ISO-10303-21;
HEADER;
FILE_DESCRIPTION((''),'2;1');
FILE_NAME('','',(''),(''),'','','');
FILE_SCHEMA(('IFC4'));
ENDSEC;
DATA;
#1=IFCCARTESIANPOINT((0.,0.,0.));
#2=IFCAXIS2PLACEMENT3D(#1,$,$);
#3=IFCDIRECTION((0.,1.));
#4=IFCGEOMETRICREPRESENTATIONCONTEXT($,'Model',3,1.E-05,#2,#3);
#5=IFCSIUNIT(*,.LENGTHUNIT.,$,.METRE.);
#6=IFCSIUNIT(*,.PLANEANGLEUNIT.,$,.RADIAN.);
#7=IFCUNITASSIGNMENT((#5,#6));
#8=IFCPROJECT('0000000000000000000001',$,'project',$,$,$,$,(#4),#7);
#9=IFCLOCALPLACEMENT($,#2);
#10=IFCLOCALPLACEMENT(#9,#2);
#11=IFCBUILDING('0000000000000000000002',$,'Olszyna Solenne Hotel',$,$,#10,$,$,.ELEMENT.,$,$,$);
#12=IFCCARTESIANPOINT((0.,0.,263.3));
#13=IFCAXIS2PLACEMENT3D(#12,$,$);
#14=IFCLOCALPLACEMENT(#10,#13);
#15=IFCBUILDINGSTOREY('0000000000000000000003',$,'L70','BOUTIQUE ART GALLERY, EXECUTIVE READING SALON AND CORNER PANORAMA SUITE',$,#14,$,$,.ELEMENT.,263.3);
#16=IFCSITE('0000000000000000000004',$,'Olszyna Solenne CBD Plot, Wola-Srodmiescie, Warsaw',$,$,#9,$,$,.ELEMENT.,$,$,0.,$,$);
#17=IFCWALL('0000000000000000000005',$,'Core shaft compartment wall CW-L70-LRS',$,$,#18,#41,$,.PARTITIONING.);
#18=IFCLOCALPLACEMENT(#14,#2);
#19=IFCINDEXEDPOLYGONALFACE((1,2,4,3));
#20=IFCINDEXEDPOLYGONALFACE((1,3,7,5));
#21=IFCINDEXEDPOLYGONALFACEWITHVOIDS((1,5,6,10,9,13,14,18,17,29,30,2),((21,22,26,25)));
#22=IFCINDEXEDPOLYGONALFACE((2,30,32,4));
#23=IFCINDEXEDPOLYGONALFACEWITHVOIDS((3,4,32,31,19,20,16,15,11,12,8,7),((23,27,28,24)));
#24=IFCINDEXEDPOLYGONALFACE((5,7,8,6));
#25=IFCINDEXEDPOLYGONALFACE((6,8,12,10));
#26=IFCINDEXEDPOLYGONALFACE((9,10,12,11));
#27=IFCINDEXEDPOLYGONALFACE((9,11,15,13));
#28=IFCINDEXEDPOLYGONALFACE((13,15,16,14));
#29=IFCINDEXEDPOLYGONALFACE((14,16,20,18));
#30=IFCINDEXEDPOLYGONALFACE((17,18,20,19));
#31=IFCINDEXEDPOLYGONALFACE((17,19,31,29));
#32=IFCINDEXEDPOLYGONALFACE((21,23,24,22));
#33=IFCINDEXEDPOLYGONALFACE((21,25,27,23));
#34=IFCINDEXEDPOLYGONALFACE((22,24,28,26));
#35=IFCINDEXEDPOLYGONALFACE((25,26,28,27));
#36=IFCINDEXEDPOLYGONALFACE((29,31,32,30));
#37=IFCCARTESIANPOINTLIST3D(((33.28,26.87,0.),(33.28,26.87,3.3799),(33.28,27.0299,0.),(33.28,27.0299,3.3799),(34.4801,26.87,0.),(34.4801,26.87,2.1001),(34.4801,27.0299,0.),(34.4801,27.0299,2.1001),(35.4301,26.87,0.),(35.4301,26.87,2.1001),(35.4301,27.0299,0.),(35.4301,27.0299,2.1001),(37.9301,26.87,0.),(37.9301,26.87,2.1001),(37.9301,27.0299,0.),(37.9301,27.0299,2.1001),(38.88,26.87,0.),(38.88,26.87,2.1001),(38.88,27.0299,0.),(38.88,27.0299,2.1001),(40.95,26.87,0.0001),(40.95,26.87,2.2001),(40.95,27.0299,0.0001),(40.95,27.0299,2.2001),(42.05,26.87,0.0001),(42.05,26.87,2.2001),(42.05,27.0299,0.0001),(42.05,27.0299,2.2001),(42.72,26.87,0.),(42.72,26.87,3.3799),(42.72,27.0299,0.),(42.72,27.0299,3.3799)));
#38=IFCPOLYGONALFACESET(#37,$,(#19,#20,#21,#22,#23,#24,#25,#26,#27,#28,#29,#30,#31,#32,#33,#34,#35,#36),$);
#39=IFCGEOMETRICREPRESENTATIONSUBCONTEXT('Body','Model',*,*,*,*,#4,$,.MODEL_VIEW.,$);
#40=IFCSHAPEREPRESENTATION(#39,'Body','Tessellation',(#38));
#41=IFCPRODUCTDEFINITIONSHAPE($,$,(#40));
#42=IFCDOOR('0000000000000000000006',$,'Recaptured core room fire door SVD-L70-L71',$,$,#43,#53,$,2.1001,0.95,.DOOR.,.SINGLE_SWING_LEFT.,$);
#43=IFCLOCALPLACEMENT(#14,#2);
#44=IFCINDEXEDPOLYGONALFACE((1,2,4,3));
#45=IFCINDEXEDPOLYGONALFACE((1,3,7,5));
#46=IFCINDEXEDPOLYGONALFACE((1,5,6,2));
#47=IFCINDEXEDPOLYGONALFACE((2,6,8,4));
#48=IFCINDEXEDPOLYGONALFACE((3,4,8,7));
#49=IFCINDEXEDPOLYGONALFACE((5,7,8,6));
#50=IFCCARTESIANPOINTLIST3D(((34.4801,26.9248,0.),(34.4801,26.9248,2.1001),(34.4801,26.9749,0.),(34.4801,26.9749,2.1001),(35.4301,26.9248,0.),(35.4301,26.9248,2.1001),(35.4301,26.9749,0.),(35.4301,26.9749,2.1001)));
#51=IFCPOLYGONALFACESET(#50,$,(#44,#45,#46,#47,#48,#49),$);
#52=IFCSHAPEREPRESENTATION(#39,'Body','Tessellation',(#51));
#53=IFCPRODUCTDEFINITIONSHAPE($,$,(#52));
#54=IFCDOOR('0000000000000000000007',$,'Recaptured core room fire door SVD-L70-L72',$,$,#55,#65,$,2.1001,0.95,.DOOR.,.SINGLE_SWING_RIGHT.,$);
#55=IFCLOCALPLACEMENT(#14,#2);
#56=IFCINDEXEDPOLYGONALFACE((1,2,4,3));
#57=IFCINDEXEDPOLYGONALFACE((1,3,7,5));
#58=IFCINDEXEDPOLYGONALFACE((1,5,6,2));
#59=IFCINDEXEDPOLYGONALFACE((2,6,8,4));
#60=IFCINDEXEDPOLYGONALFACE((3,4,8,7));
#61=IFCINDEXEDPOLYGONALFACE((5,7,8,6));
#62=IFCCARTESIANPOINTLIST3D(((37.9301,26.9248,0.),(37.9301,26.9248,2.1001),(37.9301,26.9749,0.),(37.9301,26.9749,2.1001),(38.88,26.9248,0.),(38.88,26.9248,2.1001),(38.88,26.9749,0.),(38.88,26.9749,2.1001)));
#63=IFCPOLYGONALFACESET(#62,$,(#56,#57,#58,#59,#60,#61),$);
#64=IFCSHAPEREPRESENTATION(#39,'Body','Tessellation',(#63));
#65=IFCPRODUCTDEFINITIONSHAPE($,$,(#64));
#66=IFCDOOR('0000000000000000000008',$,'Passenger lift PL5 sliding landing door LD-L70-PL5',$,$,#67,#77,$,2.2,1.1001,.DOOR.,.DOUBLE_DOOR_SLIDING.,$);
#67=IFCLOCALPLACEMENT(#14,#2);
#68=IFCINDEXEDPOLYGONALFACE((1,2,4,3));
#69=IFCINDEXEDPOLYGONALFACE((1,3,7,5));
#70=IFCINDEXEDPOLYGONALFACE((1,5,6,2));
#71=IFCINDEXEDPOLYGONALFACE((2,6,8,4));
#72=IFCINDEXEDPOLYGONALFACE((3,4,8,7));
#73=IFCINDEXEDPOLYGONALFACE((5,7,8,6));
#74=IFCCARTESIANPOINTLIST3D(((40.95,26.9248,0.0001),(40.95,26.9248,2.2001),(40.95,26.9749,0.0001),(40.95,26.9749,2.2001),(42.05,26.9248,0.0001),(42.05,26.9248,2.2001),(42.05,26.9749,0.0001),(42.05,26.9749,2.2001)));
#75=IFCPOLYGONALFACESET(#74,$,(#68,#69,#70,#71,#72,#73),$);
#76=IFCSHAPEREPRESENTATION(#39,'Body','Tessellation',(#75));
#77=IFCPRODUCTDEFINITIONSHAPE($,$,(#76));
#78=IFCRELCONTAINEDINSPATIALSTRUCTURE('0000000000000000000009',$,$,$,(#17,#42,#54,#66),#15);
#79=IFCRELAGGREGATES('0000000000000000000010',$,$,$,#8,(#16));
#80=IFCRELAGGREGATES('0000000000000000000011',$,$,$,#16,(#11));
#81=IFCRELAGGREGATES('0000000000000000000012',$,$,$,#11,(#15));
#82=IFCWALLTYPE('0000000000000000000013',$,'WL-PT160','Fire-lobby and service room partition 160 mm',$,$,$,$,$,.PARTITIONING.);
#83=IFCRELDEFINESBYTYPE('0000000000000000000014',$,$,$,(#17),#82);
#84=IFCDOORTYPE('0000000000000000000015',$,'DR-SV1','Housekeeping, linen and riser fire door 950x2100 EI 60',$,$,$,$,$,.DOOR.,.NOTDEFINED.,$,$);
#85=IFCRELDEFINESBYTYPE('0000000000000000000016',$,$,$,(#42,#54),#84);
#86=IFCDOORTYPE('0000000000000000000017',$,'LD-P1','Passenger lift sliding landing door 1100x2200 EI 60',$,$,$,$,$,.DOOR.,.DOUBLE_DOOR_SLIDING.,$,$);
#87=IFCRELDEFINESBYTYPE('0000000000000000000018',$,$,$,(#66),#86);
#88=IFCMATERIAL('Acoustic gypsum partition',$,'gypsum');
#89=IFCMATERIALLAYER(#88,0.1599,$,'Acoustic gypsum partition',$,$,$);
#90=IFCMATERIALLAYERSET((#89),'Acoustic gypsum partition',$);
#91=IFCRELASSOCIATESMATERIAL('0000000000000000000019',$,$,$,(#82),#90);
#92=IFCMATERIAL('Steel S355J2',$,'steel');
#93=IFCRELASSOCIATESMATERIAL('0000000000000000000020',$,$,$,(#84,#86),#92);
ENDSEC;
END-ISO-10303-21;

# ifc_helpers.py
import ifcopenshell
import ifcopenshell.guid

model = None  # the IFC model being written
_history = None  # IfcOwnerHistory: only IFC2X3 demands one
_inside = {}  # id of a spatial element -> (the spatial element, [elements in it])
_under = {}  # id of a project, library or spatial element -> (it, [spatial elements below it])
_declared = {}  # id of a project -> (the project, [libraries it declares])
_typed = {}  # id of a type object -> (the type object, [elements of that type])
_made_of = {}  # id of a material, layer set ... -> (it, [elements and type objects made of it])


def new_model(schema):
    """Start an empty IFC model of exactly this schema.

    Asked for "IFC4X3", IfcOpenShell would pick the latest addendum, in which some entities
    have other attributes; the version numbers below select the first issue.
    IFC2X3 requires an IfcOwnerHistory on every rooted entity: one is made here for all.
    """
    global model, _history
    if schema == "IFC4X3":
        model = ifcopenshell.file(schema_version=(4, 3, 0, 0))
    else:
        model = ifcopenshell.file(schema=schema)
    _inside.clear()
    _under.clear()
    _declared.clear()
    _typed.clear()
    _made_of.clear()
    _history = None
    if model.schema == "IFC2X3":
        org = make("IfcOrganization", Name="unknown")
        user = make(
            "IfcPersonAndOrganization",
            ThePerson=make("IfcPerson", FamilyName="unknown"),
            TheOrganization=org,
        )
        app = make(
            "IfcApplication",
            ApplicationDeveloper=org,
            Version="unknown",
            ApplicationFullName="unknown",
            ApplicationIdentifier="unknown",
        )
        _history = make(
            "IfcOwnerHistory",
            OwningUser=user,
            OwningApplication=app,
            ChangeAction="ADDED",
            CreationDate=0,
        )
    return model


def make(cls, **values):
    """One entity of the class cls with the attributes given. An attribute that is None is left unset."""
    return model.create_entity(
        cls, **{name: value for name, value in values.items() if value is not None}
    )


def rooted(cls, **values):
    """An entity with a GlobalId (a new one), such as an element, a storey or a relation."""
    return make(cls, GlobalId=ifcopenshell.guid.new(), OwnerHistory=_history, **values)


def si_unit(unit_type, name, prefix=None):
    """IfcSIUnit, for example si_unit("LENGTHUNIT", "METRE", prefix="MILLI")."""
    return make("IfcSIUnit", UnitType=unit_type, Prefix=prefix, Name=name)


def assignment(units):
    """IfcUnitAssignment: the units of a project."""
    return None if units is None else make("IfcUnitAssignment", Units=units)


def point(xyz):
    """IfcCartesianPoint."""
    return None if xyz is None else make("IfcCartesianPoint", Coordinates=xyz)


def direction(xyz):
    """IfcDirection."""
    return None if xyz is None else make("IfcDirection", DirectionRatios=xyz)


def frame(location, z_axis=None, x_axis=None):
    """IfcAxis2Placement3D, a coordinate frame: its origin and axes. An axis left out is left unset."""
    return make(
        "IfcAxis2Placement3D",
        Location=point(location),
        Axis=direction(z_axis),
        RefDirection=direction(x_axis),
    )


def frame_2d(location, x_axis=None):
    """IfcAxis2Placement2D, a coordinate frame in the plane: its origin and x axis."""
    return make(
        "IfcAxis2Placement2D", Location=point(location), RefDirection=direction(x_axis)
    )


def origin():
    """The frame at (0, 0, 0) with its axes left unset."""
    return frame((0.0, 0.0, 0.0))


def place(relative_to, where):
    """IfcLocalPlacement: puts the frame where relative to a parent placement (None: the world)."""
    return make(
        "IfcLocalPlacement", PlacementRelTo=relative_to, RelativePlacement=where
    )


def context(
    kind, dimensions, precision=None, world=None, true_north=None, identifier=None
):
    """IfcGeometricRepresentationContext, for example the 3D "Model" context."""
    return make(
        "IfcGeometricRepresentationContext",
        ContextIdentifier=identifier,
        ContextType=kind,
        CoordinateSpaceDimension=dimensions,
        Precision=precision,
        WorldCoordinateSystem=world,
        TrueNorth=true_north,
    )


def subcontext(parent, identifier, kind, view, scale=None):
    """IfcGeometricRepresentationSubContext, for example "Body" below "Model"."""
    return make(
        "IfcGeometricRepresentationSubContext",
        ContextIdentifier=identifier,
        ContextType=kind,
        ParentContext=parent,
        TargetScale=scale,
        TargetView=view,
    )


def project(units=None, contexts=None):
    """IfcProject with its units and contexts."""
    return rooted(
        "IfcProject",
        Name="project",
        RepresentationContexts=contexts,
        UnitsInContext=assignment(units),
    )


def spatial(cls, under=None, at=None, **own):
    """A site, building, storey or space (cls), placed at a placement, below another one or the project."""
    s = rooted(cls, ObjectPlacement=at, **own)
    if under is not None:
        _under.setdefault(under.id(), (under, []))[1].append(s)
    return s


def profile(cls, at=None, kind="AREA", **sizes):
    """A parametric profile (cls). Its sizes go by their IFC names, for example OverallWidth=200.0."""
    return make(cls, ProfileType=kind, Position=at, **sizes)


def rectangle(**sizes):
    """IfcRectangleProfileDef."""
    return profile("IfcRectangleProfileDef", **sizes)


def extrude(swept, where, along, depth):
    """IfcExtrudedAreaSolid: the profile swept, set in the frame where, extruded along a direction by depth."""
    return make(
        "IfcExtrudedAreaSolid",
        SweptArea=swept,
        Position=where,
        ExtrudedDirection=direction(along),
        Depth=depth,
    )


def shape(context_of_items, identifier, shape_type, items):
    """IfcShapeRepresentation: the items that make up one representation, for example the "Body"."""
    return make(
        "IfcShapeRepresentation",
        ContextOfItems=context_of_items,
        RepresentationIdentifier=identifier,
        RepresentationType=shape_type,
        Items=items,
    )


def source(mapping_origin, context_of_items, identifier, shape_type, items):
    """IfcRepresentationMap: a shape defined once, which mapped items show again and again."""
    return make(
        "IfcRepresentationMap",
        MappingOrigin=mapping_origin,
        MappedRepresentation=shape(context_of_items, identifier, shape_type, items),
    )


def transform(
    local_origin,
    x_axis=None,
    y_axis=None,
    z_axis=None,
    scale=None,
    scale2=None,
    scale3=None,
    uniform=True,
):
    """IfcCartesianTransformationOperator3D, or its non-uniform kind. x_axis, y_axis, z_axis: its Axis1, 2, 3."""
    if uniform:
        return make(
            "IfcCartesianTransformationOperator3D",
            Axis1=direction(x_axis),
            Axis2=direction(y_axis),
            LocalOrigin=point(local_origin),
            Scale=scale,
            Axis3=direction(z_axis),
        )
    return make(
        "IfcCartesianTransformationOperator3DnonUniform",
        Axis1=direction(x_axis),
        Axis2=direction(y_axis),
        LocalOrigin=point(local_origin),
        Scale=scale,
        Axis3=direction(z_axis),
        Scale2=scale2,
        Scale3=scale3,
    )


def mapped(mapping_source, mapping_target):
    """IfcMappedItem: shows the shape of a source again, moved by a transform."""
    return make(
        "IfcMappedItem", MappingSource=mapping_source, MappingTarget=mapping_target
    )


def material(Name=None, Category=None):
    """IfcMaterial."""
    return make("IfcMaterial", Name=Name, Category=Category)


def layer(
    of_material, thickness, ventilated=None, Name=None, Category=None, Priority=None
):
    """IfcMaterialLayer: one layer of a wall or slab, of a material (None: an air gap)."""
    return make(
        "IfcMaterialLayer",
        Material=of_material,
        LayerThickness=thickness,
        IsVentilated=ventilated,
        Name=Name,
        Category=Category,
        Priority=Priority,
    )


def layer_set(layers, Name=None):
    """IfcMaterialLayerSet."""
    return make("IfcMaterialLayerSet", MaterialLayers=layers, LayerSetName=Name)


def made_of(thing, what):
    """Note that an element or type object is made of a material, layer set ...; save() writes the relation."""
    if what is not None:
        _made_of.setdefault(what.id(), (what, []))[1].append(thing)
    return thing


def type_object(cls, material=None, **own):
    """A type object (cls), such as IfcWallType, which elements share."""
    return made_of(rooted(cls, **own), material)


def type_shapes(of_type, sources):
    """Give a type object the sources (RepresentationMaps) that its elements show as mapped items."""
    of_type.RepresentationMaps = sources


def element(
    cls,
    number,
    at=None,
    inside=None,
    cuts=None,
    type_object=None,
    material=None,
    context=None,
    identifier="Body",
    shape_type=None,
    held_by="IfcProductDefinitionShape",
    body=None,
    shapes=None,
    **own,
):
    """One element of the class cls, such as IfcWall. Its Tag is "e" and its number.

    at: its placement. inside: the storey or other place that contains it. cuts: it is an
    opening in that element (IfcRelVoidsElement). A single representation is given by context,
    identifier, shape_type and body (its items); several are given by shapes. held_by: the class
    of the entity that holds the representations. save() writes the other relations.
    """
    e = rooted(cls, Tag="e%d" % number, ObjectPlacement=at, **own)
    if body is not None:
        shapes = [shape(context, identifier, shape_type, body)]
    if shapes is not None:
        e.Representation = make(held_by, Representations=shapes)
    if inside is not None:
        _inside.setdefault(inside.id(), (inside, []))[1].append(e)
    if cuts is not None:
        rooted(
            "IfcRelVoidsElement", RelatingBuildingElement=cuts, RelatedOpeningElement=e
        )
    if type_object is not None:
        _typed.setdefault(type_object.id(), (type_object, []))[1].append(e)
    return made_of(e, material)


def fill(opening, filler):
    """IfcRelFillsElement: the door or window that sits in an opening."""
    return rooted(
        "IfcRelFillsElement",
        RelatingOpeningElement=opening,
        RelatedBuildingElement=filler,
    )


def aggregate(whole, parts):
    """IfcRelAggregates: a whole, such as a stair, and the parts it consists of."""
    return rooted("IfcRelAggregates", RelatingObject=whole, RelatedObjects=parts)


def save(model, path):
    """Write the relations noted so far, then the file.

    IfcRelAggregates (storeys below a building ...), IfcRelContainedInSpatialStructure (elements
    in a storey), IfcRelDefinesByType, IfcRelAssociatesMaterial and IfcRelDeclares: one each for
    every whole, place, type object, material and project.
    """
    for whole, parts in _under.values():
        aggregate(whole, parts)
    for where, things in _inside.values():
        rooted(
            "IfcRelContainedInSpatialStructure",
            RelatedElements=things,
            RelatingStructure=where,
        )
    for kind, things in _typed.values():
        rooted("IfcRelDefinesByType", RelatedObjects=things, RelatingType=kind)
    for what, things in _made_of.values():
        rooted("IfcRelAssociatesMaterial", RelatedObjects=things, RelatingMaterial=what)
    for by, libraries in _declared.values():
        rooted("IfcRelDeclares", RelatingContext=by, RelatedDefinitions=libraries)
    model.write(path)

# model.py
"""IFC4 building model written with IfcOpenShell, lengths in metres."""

from ifc_helpers import new_model, si_unit, direction, frame, frame_2d, origin, place, context, subcontext, project, spatial, rectangle, extrude, source, transform, mapped, material, layer, layer_set, type_object, type_shapes, element, fill, save


model = new_model("IFC4")

# Units and contexts
model_context = context("Model", 3, precision=1e-05, world=origin(), true_north=direction((0.0, 1.0)))
body_context = subcontext(model_context, "Body", "Model", "MODEL_VIEW")
ifc_project = project(units=[si_unit("LENGTHUNIT", "METRE"), si_unit("PLANEANGLEUNIT", "RADIAN")], contexts=[model_context])

# Site, building, storey
site_placement = place(None, origin())
site = spatial("IfcSite", under=ifc_project, at=site_placement, Name="Olszyna Solenne CBD Plot, Wola-Srodmiescie, Warsaw", CompositionType="ELEMENT", RefElevation=0.0)
building_placement = place(site_placement, origin())
building = spatial("IfcBuilding", under=site, at=building_placement, Name="Olszyna Solenne Hotel", CompositionType="ELEMENT")
storey_placement = place(building_placement, frame((0.0, 0.0, 263.3)))
storey = spatial("IfcBuildingStorey", under=building, at=storey_placement, Name="L70", Description="BOUTIQUE ART GALLERY, EXECUTIVE READING SALON AND CORNER PANORAMA SUITE", CompositionType="ELEMENT", Elevation=263.3)

# Shared definitions
ifc_material_1 = material(Name="Steel S355J2", Category="steel")

# Shared definitions
ifc_material_2 = material(Name="Acoustic gypsum partition", Category="gypsum")
ifc_layer_1 = layer(ifc_material_2, 0.1599, Name="Acoustic gypsum partition")
ifc_layer_set_1 = layer_set([ifc_layer_1], Name="Acoustic gypsum partition")
wall_type_1 = type_object("IfcWallType", Name="WL-PT160", Description="Fire-lobby and service room partition 160 mm", PredefinedType="PARTITIONING", material=ifc_layer_set_1)

# Wall, openings, doors
wall_1_placement = place(storey_placement, frame((33.28, 26.95, 0.0), z_axis=(0.0, 0.0, 1.0), x_axis=(1.0, 0.0, 0.0)))
wall_1 = element("IfcWall", 1, at=wall_1_placement, inside=storey, type_object=wall_type_1, Name="Core shaft compartment wall CW-L70-LRS", PredefinedType="PARTITIONING", context=body_context, shape_type="SweptSolid", body=[
    extrude(rectangle(XDim=9.4399, YDim=0.1599, at=frame_2d((4.72, 0.0))), origin(), (0.0, 0.0, 1.0), 3.3799),
])
opening_1_placement = place(wall_1_placement, frame((1.2, 0.0, 0.0)))
opening_1 = element("IfcOpeningElement", 2, at=opening_1_placement, cuts=wall_1, PredefinedType="OPENING", context=body_context, shape_type="SweptSolid", body=[
    extrude(rectangle(XDim=0.95, YDim=2.1001, at=frame_2d((0.4751, 1.05))), frame((0.0, 0.0898, 0.0), z_axis=(0.0, -1.0, 0.0), x_axis=(1.0, 0.0, 0.0)), (0.0, 0.0, 1.0), 0.1799),
])
opening_2_placement = place(wall_1_placement, frame((4.6499, 0.0, 0.0)))
opening_2 = element("IfcOpeningElement", 3, at=opening_2_placement, cuts=wall_1, PredefinedType="OPENING", context=body_context, shape_type="SweptSolid", body=[
    extrude(rectangle(XDim=0.95, YDim=2.1001, at=frame_2d((0.4751, 1.05))), frame((0.0, 0.0898, 0.0), z_axis=(0.0, -1.0, 0.0), x_axis=(1.0, 0.0, 0.0)), (0.0, 0.0, 1.0), 0.1799),
])
opening_3_placement = place(wall_1_placement, frame((7.6699, 0.0, 0.0)))
opening_3 = element("IfcOpeningElement", 4, at=opening_3_placement, cuts=wall_1, PredefinedType="OPENING", context=body_context, shape_type="SweptSolid", body=[
    extrude(rectangle(XDim=1.1001, YDim=2.2, at=frame_2d((0.55, 1.1001))), frame((0.0, 0.0898, 0.0), z_axis=(0.0, -1.0, 0.0), x_axis=(1.0, 0.0, 0.0)), (0.0, 0.0, 1.0), 0.1799),
])
door_type_1 = type_object("IfcDoorType", Name="DR-SV1", Description="Housekeeping, linen and riser fire door 950x2100 EI 60", OperationType="NOTDEFINED", PredefinedType="DOOR", material=ifc_material_1)
shared_shape_1 = source(origin(), body_context, "Body", "SweptSolid", [
    extrude(rectangle(XDim=0.95, YDim=2.1001, at=frame_2d((0.4751, 1.05))), frame((0.0, 0.0249, 0.0), z_axis=(0.0, -1.0, 0.0), x_axis=(1.0, 0.0, 0.0)), (0.0, 0.0, 1.0), 0.05),
])
type_shapes(door_type_1, [shared_shape_1])
door_1_placement = place(opening_1_placement, origin())
door_1 = element("IfcDoor", 5, at=door_1_placement, inside=storey, type_object=door_type_1, Name="Recaptured core room fire door SVD-L70-L71", OperationType="SINGLE_SWING_LEFT", OverallHeight=2.1001, OverallWidth=0.95, PredefinedType="DOOR", context=body_context, shape_type="MappedRepresentation", body=[
    mapped(shared_shape_1, transform((0.0, 0.0, 0.0), x_axis=(1.0, 0.0, 0.0), y_axis=(0.0, 1.0, 0.0), z_axis=(0.0, 0.0, 1.0), scale=1.0)),
])
fill(opening_1, door_1)
door_2_placement = place(opening_2_placement, origin())
door_2 = element("IfcDoor", 6, at=door_2_placement, inside=storey, type_object=door_type_1, Name="Recaptured core room fire door SVD-L70-L72", OperationType="SINGLE_SWING_RIGHT", OverallHeight=2.1001, OverallWidth=0.95, PredefinedType="DOOR", context=body_context, shape_type="MappedRepresentation", body=[
    mapped(shared_shape_1, transform((0.0, 0.0, 0.0), x_axis=(1.0, 0.0, 0.0), y_axis=(0.0, 1.0, 0.0), z_axis=(0.0, 0.0, 1.0), scale=1.0)),
])
fill(opening_2, door_2)
door_type_2 = type_object("IfcDoorType", Name="LD-P1", Description="Passenger lift sliding landing door 1100x2200 EI 60", OperationType="DOUBLE_DOOR_SLIDING", PredefinedType="DOOR", material=ifc_material_1)
shared_shape_2 = source(origin(), body_context, "Body", "SweptSolid", [
    extrude(rectangle(XDim=1.1001, YDim=2.2, at=frame_2d((0.55, 1.1001))), frame((0.0, 0.0249, 0.0), z_axis=(0.0, -1.0, 0.0), x_axis=(1.0, 0.0, 0.0)), (0.0, 0.0, 1.0), 0.05),
])
type_shapes(door_type_2, [shared_shape_2])
door_3_placement = place(opening_3_placement, origin())
door_3 = element("IfcDoor", 7, at=door_3_placement, inside=storey, type_object=door_type_2, Name="Passenger lift PL5 sliding landing door LD-L70-PL5", OperationType="DOUBLE_DOOR_SLIDING", OverallHeight=2.2, OverallWidth=1.1001, PredefinedType="DOOR", context=body_context, shape_type="MappedRepresentation", body=[
    mapped(shared_shape_2, transform((0.0, 0.0, 0.0), x_axis=(1.0, 0.0, 0.0), y_axis=(0.0, 1.0, 0.0), z_axis=(0.0, 0.0, 1.0), scale=1.0)),
])
fill(opening_3, door_3)

save(model, "model.ifc")
